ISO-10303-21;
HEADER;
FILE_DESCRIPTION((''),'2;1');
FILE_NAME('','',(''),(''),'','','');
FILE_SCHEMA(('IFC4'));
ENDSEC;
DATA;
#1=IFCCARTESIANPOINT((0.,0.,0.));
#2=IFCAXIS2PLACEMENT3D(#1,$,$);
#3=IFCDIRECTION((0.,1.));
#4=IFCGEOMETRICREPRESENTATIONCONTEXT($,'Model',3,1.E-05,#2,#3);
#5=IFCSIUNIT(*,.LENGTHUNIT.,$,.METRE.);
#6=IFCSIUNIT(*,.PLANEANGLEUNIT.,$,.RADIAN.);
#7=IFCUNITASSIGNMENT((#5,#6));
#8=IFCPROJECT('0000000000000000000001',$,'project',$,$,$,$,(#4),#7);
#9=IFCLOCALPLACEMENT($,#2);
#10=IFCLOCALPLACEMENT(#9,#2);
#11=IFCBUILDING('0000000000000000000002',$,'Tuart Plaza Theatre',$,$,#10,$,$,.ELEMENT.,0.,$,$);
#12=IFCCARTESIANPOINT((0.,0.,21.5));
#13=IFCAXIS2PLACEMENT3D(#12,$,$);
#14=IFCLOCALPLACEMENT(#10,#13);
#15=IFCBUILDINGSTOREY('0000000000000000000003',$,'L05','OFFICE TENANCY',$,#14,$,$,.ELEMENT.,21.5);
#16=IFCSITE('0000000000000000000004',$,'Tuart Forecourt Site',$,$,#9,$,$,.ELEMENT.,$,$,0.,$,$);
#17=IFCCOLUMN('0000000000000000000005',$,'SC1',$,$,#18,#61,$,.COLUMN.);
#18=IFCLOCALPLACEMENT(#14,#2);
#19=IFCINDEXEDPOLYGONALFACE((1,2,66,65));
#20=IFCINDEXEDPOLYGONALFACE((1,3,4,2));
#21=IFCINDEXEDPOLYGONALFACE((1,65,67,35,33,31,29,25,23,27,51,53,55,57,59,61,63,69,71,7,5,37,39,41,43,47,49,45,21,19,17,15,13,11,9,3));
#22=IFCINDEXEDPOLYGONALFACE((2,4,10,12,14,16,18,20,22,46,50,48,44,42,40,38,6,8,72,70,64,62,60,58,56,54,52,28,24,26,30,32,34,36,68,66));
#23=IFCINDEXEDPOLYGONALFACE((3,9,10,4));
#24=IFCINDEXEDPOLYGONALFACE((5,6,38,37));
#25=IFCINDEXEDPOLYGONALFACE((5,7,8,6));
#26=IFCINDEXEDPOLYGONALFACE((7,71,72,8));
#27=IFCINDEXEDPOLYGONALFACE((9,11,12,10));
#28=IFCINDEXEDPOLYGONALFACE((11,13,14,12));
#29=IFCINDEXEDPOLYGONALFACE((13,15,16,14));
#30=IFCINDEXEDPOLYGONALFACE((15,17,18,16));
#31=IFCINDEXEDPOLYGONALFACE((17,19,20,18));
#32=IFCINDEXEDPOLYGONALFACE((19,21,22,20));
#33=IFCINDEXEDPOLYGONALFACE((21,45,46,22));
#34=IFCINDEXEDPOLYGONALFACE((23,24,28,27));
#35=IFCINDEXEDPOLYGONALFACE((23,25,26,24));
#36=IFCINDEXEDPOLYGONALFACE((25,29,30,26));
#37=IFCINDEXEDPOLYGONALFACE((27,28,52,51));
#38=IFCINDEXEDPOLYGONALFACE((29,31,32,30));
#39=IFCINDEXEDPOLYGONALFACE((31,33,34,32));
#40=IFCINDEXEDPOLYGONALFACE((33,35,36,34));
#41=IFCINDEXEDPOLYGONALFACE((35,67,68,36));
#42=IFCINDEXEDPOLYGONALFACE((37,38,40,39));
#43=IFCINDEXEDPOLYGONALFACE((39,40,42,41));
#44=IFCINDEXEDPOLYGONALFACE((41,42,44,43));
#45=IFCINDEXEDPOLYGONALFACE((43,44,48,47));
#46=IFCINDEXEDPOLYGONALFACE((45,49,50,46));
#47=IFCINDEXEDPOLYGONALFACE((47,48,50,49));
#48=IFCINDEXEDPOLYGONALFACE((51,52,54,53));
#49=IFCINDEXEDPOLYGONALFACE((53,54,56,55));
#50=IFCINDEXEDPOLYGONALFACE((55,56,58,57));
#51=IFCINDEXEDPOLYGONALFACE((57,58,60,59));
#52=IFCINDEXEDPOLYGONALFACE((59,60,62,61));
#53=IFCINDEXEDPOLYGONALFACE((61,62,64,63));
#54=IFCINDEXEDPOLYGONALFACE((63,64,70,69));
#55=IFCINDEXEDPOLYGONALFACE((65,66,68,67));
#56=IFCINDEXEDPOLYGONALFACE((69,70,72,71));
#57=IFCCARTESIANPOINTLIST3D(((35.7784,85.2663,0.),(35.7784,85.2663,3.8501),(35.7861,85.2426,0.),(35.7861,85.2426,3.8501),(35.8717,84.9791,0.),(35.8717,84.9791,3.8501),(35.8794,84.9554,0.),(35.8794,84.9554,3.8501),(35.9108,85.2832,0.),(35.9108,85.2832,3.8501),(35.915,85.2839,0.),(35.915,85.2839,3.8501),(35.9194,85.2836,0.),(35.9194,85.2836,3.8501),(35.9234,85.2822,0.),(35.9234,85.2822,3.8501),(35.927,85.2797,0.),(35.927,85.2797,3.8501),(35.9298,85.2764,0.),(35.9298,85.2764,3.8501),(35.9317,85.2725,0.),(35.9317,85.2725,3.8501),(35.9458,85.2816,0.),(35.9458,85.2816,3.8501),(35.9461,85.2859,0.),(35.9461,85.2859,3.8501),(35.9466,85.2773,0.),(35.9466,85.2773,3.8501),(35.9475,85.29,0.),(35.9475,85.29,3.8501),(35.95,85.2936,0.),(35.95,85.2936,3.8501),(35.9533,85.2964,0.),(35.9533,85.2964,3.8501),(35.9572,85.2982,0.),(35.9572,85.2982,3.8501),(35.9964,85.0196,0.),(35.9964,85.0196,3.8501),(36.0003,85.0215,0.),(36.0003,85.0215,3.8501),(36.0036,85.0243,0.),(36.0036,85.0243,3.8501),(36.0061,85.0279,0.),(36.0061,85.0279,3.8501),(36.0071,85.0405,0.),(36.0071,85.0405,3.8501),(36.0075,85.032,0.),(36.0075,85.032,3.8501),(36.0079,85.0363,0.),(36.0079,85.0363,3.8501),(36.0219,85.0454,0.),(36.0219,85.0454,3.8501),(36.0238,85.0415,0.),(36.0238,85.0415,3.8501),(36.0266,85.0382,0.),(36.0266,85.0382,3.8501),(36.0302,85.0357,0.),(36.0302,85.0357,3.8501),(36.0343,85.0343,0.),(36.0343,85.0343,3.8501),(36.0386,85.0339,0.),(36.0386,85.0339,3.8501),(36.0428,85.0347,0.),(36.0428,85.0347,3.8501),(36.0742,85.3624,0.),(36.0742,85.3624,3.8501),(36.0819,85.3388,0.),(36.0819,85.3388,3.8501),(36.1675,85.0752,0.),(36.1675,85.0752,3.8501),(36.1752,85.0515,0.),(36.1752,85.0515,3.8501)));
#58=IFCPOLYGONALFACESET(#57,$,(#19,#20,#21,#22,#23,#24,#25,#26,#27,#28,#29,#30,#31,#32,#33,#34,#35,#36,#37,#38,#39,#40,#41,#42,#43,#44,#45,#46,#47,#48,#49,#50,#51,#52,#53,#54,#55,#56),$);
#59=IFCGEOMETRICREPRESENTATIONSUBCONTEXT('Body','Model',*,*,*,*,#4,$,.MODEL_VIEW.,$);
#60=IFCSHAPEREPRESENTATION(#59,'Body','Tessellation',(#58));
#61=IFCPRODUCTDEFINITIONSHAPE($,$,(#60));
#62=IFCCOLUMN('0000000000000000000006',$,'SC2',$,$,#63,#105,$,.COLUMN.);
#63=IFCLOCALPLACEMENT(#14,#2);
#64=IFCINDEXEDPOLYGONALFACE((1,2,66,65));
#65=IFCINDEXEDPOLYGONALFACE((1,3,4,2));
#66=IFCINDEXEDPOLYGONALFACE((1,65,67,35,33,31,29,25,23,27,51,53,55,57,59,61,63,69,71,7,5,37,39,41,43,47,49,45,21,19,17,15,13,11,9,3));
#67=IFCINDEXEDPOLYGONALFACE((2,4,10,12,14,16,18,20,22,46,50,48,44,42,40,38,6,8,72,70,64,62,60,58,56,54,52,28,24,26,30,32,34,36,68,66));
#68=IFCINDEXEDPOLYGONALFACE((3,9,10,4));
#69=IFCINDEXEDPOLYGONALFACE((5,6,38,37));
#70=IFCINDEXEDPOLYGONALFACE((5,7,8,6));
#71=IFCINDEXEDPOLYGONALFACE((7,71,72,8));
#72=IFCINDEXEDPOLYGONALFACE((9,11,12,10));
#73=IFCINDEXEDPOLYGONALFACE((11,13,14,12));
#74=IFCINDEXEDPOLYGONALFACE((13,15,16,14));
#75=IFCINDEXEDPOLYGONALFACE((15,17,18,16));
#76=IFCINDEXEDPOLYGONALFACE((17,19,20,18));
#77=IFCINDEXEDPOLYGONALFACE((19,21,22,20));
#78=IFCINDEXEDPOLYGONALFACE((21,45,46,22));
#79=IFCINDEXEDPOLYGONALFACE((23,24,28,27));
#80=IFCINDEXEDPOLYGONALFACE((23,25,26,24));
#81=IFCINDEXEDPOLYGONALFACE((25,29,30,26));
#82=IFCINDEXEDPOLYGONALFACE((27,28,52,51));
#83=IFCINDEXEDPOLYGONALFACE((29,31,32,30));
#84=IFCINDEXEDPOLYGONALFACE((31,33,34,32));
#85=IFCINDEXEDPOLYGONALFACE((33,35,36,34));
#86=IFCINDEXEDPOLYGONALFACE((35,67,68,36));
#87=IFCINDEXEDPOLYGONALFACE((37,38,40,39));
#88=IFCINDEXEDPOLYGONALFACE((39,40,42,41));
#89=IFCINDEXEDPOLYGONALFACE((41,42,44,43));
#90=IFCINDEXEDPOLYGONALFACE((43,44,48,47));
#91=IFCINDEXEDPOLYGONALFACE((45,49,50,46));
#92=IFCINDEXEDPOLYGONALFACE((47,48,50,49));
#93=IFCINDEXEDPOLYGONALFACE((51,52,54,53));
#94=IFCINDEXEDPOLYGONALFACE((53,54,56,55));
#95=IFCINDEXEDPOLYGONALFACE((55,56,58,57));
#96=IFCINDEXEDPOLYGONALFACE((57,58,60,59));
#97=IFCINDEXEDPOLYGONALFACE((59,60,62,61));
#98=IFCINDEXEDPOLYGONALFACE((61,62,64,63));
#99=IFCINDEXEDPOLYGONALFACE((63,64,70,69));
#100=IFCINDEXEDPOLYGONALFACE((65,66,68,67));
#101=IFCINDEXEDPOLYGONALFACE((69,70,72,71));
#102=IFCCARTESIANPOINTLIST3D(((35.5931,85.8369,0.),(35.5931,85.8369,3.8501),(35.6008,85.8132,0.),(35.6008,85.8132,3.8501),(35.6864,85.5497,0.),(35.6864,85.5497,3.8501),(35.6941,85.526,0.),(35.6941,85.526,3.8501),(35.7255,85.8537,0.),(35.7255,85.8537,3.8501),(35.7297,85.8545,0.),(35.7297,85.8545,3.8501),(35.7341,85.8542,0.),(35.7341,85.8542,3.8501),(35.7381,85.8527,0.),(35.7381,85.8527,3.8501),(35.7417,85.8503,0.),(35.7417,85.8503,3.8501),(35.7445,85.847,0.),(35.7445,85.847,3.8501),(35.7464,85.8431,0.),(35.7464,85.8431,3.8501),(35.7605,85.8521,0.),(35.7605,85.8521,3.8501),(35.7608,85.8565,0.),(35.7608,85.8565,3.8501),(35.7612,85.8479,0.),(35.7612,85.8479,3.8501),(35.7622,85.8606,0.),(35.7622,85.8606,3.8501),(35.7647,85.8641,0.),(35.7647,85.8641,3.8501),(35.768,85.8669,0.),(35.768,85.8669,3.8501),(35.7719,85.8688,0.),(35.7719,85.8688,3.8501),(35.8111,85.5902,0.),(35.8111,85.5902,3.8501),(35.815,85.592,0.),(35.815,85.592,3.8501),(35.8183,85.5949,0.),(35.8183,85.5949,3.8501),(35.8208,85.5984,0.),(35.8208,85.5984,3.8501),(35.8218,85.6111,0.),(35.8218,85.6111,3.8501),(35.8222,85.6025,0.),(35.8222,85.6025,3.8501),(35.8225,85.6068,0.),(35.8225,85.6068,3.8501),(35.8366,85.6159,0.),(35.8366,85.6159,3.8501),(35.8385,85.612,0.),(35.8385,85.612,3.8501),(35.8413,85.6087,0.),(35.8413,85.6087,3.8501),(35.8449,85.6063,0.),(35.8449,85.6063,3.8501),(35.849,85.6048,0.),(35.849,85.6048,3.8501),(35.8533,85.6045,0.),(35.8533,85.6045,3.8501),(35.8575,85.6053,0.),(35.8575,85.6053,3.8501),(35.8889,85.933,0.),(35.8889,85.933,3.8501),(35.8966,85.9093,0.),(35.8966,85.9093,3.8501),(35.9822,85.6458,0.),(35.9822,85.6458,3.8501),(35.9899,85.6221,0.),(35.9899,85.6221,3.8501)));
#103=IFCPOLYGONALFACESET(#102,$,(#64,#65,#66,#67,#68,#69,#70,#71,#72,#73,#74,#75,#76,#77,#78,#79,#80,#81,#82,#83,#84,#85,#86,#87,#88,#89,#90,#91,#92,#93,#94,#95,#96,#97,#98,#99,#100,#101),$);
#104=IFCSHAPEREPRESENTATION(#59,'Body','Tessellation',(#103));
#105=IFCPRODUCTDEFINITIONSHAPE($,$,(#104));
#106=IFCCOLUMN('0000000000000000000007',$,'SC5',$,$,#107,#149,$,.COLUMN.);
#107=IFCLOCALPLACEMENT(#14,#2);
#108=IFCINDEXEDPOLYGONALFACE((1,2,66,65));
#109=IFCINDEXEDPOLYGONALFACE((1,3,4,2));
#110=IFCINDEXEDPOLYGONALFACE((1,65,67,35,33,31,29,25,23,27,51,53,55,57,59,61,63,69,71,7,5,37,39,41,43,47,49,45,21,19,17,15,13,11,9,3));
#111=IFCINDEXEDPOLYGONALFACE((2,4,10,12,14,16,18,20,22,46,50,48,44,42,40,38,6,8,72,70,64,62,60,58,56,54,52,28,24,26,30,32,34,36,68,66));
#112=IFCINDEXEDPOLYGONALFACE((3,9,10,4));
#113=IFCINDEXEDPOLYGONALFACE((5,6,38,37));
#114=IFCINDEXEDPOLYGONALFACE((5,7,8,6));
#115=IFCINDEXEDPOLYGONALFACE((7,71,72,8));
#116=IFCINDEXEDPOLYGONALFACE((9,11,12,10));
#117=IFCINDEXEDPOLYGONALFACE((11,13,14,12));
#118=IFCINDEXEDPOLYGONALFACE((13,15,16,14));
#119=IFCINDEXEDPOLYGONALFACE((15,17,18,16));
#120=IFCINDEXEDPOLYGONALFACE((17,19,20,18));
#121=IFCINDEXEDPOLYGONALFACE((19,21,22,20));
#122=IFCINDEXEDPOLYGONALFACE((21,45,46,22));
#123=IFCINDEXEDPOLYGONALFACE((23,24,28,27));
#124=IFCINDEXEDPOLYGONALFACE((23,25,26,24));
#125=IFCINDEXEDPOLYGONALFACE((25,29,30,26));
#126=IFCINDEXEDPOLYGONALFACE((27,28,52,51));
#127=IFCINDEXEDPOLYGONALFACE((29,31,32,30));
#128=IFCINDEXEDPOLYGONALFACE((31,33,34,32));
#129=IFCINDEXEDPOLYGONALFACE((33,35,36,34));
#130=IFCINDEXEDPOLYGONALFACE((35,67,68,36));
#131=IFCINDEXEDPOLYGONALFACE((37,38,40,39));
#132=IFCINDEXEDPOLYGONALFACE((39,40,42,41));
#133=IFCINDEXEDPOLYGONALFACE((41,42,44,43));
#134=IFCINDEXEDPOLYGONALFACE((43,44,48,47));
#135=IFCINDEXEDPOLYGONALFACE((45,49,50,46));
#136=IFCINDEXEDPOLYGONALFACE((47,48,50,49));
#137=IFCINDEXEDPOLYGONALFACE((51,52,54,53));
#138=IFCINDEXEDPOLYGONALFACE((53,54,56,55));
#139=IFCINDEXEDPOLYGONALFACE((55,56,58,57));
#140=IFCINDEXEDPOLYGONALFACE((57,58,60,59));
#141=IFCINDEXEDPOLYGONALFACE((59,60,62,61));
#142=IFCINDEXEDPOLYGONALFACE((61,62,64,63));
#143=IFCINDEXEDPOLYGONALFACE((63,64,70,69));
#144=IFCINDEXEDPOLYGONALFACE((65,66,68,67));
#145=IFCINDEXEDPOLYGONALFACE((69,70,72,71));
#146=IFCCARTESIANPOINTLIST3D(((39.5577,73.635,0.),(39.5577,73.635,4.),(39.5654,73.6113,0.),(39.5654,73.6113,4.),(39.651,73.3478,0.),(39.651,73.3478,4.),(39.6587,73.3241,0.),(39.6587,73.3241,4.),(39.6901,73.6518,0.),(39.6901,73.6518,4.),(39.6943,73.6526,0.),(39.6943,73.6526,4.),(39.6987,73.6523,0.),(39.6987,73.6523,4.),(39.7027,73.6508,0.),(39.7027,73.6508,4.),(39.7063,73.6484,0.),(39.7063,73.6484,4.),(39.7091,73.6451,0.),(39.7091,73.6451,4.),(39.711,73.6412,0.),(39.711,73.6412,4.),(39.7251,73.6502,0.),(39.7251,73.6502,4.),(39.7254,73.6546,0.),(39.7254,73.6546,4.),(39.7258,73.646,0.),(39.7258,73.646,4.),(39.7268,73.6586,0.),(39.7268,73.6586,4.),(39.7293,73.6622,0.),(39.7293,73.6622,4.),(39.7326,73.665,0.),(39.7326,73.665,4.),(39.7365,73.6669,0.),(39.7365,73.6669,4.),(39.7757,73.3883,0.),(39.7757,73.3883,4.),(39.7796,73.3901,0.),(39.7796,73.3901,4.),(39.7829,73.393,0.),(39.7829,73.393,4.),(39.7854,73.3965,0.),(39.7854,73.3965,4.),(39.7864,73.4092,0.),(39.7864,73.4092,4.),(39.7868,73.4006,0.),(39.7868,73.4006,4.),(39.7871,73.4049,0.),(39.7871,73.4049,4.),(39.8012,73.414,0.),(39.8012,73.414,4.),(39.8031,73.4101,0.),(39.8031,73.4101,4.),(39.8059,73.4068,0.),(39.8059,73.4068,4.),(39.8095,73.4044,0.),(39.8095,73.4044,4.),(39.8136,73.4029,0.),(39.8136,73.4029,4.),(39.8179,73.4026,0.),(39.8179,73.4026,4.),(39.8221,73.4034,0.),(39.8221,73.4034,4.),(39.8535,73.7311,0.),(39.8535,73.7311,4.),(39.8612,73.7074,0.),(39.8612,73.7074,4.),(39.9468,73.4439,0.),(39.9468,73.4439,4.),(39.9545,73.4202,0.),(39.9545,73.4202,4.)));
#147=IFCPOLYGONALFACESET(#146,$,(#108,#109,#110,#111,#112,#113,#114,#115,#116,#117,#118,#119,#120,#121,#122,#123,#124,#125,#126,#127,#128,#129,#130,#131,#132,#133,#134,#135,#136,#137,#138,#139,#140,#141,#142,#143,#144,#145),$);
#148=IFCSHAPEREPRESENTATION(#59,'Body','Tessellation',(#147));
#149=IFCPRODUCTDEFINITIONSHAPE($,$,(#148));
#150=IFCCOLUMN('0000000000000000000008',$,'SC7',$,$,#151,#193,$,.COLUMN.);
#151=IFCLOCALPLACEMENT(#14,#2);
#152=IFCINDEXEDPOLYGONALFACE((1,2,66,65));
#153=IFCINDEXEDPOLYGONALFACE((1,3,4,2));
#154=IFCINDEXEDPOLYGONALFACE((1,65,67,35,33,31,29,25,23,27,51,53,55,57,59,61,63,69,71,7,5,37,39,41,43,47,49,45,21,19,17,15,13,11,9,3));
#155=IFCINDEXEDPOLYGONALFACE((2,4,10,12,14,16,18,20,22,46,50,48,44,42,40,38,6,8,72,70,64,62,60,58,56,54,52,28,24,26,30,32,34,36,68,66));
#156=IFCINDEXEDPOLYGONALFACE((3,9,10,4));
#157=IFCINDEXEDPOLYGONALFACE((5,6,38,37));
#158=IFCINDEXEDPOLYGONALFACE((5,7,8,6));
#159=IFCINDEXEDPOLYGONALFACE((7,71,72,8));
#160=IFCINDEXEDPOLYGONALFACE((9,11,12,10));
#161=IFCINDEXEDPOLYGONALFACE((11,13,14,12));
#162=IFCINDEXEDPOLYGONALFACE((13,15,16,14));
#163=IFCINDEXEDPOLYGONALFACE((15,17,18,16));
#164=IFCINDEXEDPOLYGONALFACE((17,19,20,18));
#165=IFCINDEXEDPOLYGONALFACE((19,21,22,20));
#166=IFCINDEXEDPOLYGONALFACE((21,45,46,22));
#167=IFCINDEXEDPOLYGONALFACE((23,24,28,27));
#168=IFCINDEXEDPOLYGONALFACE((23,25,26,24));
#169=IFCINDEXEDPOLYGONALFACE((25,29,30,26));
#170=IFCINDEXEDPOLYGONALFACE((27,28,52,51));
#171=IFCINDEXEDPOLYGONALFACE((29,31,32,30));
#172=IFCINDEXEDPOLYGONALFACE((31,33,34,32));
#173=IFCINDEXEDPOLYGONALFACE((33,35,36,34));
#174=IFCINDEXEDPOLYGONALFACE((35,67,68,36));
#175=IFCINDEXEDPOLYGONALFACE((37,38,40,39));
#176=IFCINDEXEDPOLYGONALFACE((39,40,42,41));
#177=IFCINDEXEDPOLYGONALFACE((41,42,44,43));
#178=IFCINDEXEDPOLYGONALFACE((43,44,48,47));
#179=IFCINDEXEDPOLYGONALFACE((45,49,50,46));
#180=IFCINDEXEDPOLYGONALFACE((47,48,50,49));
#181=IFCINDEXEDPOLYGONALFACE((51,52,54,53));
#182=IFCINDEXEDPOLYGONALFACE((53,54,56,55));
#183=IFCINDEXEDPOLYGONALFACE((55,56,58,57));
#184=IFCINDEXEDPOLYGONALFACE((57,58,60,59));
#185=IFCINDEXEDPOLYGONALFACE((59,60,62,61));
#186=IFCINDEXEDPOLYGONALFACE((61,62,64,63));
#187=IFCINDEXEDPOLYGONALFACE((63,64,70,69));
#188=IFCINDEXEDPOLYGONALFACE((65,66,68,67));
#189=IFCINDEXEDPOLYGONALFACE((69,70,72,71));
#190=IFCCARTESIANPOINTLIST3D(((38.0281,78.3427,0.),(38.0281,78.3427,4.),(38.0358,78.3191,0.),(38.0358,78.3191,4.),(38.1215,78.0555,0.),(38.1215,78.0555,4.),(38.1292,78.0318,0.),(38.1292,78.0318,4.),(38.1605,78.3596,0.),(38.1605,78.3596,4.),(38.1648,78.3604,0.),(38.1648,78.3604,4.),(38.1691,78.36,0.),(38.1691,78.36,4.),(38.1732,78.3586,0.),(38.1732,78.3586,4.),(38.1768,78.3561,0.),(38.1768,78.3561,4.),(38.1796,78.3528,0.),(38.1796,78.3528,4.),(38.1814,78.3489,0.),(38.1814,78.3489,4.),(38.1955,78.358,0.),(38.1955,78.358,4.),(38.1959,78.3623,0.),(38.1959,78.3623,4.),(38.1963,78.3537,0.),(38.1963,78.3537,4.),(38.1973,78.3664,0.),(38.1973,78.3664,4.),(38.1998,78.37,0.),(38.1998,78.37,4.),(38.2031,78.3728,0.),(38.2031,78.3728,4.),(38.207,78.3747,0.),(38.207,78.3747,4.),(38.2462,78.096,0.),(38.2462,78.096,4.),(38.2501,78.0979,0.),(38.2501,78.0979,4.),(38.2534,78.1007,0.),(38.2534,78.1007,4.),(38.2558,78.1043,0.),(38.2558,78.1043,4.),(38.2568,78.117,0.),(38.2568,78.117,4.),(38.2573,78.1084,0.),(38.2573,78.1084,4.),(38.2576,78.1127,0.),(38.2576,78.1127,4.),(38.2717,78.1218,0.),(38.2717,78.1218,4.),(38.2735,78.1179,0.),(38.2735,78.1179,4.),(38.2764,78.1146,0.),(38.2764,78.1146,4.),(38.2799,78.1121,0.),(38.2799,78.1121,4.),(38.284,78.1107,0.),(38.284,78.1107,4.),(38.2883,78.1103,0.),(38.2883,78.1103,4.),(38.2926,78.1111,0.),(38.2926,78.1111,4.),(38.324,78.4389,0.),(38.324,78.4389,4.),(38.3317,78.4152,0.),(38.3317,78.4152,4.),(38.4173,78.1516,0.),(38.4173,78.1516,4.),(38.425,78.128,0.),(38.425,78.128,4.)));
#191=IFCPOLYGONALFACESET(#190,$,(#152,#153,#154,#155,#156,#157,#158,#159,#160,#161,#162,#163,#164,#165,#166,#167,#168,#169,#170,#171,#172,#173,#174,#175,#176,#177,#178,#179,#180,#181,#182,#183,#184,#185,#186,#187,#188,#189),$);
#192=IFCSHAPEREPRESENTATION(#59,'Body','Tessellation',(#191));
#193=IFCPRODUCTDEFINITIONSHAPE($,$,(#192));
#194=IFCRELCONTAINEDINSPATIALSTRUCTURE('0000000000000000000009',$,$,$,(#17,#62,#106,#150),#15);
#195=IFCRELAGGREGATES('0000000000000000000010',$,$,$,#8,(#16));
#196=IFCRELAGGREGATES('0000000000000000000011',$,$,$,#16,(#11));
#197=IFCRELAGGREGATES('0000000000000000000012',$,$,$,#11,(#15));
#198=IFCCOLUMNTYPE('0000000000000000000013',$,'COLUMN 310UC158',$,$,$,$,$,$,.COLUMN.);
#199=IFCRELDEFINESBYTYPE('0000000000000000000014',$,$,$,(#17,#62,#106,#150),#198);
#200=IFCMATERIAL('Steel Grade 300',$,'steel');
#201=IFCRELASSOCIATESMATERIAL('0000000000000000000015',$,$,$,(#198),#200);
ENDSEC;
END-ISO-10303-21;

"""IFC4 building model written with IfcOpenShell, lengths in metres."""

from ifc_helpers import new_model, si_unit, direction, frame, origin, origin_2d, place, context, subcontext, project, spatial, i_section, extrude, material, material_profile, profile_set, type_object, element, save


model = new_model("IFC4")

# Units and contexts
model_context = context("Model", 3, precision=1e-05, world=origin(), true_north=direction((0.0, 1.0)))
body_context = subcontext(model_context, "Body", "Model", "MODEL_VIEW")
ifc_project = project(units=[si_unit("LENGTHUNIT", "METRE"), si_unit("PLANEANGLEUNIT", "RADIAN")], contexts=[model_context])

# Site, building, storey
site_placement = place(None, origin())
site = spatial("IfcSite", under=ifc_project, at=site_placement, Name="Tuart Forecourt Site", CompositionType="ELEMENT", RefElevation=0.0)
building_placement = place(site_placement, origin())
building = spatial("IfcBuilding", under=site, at=building_placement, Name="Tuart Plaza Theatre", CompositionType="ELEMENT", ElevationOfRefHeight=0.0)
storey_placement = place(building_placement, frame((0.0, 0.0, 21.5)))
storey = spatial("IfcBuildingStorey", under=building, at=storey_placement, Name="L05", Description="OFFICE TENANCY", CompositionType="ELEMENT", Elevation=21.5)

# Columns
ifc_material_1 = material(Name="Steel Grade 300", Category="steel")
ifc_material_profile_1 = material_profile(ifc_material_1, i_section(OverallWidth=0.311, OverallDepth=0.3269, WebThickness=0.0156, FlangeThickness=0.0249, FilletRadius=0.0166, at=origin_2d()), Name="310UC158")
ifc_profile_set_1 = profile_set([ifc_material_profile_1], Name="Steel Grade 300")
column_type = type_object("IfcColumnType", Name="COLUMN 310UC158", PredefinedType="COLUMN", material=ifc_profile_set_1)
for number, where, z_axis, x_axis, name in (
    (1, (35.9768, 85.1589, 0.0), (0.0, 0.0, 1.0), (0.951057, 0.309017, 0.0), "SC1"),
    (2, (35.7915, 85.7295, 0.0), (0.0, 0.0, 1.0), (0.951057, 0.309017, 0.0), "SC2"),
):
    element("IfcColumn", number, at=place(storey_placement, frame(where, z_axis=z_axis, x_axis=x_axis)), inside=storey, type_object=column_type, Name=name, PredefinedType="COLUMN", context=body_context, shape_type="SweptSolid", body=[
        extrude(i_section(OverallWidth=0.311, OverallDepth=0.3269, WebThickness=0.0156, FlangeThickness=0.0249, FilletRadius=0.0166, at=origin_2d()), origin(), (0.0, 0.0, 1.0), 3.8501),
    ])
for number, where, z_axis, x_axis, name in (
    (3, (39.7561, 73.5276, 0.0), (0.0, 0.0, 1.0), (0.951057, 0.309017, 0.0), "SC5"),
    (4, (38.2266, 78.2354, 0.0), (0.0, 0.0, 1.0), (0.951057, 0.309017, 0.0), "SC7"),
):
    element("IfcColumn", number, at=place(storey_placement, frame(where, z_axis=z_axis, x_axis=x_axis)), inside=storey, type_object=column_type, Name=name, PredefinedType="COLUMN", context=body_context, shape_type="SweptSolid", body=[
        extrude(i_section(OverallWidth=0.311, OverallDepth=0.3269, WebThickness=0.0156, FlangeThickness=0.0249, FilletRadius=0.0166, at=origin_2d()), origin(), (0.0, 0.0, 1.0), 4.0),
    ])

save(model, "model.ifc")
